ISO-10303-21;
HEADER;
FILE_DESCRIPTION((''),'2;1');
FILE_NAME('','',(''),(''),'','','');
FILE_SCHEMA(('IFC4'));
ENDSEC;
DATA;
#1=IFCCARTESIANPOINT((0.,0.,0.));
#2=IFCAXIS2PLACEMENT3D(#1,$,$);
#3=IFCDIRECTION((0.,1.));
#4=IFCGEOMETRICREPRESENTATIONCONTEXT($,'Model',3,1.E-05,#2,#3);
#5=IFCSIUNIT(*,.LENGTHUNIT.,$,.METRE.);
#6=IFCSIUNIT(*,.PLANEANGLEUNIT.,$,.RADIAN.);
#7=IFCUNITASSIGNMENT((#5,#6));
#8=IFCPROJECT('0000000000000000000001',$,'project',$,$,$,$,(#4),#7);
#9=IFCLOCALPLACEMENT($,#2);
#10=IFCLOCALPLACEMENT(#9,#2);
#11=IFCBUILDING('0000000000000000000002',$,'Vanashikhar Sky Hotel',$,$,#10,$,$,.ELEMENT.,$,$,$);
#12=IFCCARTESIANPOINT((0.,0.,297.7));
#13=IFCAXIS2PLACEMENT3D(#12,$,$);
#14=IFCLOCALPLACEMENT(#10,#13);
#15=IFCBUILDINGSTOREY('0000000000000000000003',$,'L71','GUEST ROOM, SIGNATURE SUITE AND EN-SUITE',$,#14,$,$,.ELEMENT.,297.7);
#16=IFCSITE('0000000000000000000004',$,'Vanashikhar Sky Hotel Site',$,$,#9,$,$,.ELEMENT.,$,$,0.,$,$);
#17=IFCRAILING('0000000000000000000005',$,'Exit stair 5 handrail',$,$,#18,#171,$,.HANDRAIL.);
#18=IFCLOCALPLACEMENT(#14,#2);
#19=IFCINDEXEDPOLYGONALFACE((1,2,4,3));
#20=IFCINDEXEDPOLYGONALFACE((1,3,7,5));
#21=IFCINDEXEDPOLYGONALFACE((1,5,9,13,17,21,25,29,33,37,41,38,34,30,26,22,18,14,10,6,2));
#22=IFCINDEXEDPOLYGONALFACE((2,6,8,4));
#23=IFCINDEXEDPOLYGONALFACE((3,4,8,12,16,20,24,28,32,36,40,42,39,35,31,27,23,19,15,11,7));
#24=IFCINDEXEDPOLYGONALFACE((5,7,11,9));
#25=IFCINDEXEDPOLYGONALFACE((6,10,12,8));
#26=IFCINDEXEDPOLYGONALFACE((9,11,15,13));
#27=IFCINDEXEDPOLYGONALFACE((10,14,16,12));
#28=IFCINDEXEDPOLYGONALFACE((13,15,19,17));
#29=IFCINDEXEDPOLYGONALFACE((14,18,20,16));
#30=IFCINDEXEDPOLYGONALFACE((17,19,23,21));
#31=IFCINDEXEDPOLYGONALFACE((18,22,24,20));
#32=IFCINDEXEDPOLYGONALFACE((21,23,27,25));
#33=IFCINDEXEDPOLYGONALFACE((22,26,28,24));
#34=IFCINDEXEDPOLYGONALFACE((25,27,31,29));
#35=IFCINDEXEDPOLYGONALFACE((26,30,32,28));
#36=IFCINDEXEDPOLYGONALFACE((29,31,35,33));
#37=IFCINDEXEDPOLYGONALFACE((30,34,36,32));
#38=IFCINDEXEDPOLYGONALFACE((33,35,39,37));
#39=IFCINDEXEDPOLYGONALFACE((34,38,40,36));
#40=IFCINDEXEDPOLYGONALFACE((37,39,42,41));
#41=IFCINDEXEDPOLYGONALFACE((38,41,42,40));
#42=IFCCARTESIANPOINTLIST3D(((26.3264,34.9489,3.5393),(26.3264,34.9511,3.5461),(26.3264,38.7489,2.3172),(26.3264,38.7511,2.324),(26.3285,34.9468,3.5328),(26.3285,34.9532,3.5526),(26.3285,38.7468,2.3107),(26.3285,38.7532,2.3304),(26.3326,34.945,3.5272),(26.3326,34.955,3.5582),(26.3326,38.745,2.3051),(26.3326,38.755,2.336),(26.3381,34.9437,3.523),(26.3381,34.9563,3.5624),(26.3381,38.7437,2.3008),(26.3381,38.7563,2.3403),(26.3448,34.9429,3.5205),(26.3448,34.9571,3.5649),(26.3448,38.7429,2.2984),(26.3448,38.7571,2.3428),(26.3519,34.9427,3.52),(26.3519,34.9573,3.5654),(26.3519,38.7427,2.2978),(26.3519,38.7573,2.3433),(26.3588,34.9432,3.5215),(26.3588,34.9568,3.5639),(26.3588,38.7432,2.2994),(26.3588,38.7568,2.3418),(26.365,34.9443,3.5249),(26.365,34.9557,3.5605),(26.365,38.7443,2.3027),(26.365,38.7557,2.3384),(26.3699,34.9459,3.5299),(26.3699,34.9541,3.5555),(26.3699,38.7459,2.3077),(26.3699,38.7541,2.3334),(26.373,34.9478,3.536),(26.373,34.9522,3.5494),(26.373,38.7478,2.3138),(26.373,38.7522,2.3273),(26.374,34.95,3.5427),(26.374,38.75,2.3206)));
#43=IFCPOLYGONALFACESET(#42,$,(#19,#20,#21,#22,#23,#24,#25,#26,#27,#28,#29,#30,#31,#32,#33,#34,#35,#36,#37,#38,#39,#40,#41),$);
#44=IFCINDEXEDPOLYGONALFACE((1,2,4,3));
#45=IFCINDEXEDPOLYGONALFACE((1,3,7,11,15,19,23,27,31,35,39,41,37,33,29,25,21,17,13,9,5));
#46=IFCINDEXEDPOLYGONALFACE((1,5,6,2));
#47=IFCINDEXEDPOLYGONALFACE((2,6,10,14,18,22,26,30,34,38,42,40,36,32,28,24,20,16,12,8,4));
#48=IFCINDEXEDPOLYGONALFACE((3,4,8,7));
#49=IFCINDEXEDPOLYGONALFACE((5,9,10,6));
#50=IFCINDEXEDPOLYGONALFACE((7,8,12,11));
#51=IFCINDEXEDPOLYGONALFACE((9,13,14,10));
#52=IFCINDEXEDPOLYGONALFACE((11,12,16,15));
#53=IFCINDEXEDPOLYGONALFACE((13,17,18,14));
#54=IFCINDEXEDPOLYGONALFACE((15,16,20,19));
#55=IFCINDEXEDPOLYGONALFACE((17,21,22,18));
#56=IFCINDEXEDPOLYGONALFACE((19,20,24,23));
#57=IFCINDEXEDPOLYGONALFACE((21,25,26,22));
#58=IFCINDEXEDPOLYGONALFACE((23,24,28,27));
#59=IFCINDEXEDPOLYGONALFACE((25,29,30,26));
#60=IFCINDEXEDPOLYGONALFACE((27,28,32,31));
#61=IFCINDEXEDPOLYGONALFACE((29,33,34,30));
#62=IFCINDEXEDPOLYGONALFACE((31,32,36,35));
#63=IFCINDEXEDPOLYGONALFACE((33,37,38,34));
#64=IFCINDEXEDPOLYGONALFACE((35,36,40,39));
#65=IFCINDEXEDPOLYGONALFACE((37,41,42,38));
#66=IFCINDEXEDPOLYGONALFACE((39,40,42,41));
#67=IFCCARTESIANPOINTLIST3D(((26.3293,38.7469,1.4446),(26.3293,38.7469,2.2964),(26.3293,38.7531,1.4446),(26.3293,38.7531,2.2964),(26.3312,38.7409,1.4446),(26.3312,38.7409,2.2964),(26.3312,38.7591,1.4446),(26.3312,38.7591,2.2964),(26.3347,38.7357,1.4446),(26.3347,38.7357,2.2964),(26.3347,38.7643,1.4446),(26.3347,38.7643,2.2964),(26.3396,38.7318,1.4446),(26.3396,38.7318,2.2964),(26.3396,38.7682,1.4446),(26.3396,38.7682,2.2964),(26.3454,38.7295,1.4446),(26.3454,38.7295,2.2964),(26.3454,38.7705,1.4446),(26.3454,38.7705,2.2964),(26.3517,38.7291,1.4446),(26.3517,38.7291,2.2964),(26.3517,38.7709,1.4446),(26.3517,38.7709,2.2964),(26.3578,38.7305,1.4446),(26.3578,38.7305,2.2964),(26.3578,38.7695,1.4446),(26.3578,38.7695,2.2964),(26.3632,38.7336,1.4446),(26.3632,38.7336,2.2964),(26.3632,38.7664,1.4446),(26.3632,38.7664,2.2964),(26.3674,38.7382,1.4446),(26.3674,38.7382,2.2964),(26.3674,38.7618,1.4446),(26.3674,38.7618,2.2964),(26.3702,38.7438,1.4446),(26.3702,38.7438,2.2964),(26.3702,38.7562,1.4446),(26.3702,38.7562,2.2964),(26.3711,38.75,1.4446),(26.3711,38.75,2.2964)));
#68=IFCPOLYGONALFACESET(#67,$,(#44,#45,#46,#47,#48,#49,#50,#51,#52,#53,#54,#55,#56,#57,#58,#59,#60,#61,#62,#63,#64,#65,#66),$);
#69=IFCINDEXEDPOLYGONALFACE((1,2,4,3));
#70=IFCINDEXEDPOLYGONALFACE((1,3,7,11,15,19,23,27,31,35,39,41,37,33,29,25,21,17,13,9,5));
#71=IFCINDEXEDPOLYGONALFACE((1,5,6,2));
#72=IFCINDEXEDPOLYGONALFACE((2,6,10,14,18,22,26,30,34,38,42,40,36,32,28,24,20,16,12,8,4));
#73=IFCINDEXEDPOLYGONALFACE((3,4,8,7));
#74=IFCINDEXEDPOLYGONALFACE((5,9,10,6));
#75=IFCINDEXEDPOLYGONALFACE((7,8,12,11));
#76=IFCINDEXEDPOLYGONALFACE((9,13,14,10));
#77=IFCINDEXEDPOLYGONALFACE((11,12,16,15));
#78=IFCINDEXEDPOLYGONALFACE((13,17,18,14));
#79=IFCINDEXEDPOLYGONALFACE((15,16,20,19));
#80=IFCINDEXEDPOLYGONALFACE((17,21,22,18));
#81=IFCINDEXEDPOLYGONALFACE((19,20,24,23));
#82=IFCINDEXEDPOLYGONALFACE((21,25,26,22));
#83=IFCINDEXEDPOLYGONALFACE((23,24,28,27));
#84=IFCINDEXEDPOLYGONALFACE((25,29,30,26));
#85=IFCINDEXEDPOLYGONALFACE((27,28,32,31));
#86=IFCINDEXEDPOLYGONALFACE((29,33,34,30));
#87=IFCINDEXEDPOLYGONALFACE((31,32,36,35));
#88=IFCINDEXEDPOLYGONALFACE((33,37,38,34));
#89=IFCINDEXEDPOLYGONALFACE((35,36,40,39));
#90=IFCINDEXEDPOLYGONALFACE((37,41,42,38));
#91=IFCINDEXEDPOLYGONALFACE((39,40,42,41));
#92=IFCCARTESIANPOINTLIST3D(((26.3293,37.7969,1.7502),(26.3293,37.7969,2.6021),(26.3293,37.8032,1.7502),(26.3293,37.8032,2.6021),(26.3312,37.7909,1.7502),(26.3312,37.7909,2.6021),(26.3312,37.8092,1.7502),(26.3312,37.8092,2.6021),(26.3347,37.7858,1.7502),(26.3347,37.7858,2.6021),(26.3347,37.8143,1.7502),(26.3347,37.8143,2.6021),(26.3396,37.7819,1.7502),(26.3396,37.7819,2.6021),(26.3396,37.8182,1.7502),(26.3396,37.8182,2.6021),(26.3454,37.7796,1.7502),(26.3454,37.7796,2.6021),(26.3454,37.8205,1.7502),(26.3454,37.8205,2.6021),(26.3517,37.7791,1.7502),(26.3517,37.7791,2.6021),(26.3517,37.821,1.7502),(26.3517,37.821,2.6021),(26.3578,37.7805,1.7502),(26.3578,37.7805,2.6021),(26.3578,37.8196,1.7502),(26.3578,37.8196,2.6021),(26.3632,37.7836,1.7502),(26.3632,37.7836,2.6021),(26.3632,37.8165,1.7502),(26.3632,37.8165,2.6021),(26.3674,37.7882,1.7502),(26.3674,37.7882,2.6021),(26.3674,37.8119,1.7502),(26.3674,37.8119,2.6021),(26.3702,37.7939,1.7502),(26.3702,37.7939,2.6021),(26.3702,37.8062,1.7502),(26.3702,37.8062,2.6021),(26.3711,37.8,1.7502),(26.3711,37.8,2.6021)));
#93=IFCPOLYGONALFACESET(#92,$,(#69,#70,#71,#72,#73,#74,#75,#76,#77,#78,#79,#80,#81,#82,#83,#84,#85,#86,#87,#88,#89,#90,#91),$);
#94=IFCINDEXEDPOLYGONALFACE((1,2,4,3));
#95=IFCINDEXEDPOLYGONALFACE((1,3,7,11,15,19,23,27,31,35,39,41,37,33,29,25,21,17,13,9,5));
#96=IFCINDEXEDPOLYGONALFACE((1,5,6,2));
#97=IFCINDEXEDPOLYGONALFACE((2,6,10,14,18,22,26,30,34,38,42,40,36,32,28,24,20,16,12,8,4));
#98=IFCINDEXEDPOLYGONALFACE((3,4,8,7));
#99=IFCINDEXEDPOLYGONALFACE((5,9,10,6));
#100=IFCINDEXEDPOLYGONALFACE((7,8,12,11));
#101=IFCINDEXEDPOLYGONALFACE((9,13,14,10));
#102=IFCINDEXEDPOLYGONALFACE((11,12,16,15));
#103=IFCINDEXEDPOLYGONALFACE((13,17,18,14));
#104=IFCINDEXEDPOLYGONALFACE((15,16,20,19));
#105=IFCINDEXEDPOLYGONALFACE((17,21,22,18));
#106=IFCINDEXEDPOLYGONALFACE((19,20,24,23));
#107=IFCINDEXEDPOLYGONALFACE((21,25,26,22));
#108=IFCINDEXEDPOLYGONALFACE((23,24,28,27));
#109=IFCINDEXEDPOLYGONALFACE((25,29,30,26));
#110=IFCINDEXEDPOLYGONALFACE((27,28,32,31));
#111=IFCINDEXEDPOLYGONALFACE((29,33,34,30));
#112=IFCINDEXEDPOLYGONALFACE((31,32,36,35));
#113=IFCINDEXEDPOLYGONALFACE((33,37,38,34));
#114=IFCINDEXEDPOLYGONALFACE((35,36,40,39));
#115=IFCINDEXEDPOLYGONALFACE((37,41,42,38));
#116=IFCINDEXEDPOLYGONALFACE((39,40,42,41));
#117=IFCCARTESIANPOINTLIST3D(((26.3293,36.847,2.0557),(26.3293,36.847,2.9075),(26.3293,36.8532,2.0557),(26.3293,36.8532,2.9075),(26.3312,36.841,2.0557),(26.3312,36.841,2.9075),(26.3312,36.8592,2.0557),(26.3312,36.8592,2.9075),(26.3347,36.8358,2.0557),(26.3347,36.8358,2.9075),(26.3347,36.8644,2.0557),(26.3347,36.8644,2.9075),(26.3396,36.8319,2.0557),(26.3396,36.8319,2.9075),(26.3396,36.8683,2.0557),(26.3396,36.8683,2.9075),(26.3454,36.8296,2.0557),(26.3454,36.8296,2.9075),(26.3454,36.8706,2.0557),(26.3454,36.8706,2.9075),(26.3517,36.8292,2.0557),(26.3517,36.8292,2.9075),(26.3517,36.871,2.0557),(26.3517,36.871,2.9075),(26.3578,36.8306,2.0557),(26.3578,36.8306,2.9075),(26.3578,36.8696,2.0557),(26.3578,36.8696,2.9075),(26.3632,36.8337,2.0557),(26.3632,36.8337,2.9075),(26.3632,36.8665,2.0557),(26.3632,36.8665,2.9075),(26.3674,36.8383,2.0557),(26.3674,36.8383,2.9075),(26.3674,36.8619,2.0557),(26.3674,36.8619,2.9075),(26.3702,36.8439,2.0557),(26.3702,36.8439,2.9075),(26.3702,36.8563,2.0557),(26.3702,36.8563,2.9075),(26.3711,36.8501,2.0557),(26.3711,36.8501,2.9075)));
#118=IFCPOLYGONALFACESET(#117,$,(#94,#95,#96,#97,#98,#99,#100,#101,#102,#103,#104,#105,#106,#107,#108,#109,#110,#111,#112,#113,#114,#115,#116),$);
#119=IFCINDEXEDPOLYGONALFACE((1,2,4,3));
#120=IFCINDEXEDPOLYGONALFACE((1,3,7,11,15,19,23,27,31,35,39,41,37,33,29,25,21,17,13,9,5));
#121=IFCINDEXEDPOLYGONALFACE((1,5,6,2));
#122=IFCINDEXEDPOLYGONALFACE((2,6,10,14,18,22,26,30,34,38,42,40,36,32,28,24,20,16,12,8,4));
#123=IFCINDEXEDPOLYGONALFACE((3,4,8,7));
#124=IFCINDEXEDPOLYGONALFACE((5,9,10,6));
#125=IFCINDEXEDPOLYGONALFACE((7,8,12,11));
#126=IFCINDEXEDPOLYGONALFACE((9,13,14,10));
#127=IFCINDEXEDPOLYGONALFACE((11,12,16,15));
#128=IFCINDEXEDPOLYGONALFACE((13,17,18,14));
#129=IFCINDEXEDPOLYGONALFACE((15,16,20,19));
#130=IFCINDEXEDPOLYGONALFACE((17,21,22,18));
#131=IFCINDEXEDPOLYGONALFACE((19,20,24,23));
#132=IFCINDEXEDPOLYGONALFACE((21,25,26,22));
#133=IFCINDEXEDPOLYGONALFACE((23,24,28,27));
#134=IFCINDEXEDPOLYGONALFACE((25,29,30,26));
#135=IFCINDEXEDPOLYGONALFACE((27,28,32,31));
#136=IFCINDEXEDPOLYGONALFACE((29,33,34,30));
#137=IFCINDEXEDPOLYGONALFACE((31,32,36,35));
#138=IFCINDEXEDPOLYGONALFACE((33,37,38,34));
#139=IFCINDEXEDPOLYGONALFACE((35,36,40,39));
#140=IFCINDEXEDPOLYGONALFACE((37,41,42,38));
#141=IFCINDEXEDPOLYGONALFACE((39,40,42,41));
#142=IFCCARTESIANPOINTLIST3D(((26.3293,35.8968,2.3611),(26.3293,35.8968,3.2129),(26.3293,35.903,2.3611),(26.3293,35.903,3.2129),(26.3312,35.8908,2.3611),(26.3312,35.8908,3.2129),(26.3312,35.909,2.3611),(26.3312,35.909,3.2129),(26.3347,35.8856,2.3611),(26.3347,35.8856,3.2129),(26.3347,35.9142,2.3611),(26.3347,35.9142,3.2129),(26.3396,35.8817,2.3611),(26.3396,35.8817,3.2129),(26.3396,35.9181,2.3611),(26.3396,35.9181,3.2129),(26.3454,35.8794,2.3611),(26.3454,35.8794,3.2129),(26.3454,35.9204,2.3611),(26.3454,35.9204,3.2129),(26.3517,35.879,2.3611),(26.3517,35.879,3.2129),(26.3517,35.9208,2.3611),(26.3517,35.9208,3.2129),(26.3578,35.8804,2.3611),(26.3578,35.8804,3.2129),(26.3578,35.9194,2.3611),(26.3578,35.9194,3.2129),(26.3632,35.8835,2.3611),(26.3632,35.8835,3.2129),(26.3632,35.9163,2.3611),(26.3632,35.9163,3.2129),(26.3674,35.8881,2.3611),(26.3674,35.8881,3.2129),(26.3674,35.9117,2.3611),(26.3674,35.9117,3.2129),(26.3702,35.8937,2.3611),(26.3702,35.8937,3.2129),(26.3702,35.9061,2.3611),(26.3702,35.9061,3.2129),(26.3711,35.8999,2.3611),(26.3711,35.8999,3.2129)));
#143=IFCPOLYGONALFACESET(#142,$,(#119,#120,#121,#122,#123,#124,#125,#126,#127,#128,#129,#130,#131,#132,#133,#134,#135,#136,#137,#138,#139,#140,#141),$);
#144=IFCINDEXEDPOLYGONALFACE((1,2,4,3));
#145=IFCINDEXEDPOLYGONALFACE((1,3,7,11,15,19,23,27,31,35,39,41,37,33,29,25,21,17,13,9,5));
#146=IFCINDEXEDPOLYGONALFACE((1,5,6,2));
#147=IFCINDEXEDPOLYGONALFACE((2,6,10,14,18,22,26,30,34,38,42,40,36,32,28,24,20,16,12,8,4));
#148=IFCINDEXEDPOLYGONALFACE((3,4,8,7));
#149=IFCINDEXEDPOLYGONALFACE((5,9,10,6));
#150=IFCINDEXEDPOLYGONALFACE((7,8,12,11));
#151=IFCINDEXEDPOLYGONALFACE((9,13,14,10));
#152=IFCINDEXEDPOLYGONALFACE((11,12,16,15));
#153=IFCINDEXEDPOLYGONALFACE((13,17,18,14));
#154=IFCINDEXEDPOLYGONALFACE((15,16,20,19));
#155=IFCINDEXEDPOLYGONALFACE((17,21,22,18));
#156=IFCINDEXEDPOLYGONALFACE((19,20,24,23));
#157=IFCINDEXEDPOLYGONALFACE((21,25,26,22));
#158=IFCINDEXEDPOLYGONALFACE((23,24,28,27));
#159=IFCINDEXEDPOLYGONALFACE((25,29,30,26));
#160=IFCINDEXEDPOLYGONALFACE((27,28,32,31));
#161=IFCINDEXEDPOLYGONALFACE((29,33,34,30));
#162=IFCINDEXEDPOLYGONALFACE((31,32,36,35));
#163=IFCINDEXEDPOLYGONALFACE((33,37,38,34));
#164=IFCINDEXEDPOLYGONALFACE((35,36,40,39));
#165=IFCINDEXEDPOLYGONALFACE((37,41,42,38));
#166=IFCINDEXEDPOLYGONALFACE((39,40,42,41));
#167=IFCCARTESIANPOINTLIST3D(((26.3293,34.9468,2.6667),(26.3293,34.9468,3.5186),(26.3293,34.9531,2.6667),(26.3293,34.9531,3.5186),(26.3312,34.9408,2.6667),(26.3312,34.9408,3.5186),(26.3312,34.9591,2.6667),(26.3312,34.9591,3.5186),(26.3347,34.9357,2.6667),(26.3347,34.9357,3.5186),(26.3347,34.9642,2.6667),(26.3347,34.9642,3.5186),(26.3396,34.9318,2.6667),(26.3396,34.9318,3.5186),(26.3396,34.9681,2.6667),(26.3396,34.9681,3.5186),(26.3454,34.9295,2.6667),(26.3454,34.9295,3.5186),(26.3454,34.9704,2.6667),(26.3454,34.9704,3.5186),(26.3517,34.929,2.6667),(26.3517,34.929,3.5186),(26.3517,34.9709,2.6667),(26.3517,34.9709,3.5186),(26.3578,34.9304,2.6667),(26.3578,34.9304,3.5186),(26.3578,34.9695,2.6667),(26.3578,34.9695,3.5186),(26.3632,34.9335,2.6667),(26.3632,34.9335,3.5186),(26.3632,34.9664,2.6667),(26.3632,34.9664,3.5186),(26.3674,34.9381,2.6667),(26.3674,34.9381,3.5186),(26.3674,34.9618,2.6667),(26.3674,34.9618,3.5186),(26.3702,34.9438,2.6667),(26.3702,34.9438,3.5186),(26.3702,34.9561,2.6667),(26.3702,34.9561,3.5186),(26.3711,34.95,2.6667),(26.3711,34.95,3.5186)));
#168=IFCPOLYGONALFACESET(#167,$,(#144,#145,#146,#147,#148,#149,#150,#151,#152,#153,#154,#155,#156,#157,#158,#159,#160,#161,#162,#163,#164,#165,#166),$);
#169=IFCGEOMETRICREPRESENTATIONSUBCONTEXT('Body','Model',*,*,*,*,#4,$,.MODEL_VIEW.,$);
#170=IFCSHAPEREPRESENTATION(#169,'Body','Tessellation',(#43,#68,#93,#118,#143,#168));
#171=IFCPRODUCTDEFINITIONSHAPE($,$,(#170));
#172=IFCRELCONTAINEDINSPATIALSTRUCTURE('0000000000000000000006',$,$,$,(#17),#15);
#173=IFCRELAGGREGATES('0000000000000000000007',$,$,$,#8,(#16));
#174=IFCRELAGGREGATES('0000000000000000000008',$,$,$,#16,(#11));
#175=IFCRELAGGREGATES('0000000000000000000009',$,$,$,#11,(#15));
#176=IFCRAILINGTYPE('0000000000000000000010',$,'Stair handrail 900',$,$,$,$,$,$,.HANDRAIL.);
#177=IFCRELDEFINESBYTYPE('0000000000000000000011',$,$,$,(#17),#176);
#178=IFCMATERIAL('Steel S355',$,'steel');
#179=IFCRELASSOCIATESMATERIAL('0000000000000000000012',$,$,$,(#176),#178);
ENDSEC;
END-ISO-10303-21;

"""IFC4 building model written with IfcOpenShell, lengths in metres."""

from ifc_helpers import new_model, si_unit, direction, frame, origin, origin_2d, place, context, subcontext, project, spatial, circle, extrude, source, transform, mapped, material, type_object, element, save


model = new_model("IFC4")

# Units and contexts
model_context = context("Model", 3, precision=1e-05, world=origin(), true_north=direction((0.0, 1.0)))
body_context = subcontext(model_context, "Body", "Model", "MODEL_VIEW")
ifc_project = project(units=[si_unit("LENGTHUNIT", "METRE"), si_unit("PLANEANGLEUNIT", "RADIAN")], contexts=[model_context])

# Site, building, storey
site_placement = place(None, origin())
site = spatial("IfcSite", under=ifc_project, at=site_placement, Name="Vanashikhar Sky Hotel Site", CompositionType="ELEMENT", RefElevation=0.0)
building_placement = place(site_placement, origin())
building = spatial("IfcBuilding", under=site, at=building_placement, Name="Vanashikhar Sky Hotel", CompositionType="ELEMENT")
storey_placement = place(building_placement, frame((0.0, 0.0, 297.7)))
storey = spatial("IfcBuildingStorey", under=building, at=storey_placement, Name="L71", Description="GUEST ROOM, SIGNATURE SUITE AND EN-SUITE", CompositionType="ELEMENT", Elevation=297.7)

# Railing
ifc_material_1 = material(Name="Steel S355", Category="steel")
railing_type_1 = type_object("IfcRailingType", Name="Stair handrail 900", PredefinedType="HANDRAIL", material=ifc_material_1)
shared_shape_1 = source(origin(), body_context, "Body", "SweptSolid", [
    extrude(circle(Radius=0.0239, at=origin_2d()), frame((0.0, 0.0, 0.876), z_axis=(0.0, -0.951976, 0.306173), x_axis=(1.0, 0.0, 0.0)), (0.0, 0.0, 1.0), 3.9917),
    extrude(circle(Radius=0.021, at=origin_2d()), origin(), (0.0, 0.0, 1.0), 0.8518),
    extrude(circle(Radius=0.021, at=origin_2d()), frame((0.0, -0.95, 0.3057)), (0.0, 0.0, 1.0), 0.8518),
    extrude(circle(Radius=0.021, at=origin_2d()), frame((0.0, -1.8999, 0.6111)), (0.0, 0.0, 1.0), 0.8518),
    extrude(circle(Radius=0.021, at=origin_2d()), frame((0.0, -2.8501, 0.9165)), (0.0, 0.0, 1.0), 0.8518),
    extrude(circle(Radius=0.021, at=origin_2d()), frame((0.0, -3.8, 1.2222)), (0.0, 0.0, 1.0), 0.8518),
])
for number, where, name in (
    (1, (26.3501, 38.75, 1.4446), "Exit stair 5 handrail"),
):
    element("IfcRailing", number, at=place(storey_placement, frame(where)), inside=storey, type_object=railing_type_1, Name=name, PredefinedType="HANDRAIL", context=body_context, shape_type="MappedRepresentation", body=[
        mapped(shared_shape_1, transform((0.0, 0.0, 0.0), scale=1.0)),
    ])

save(model, "model.ifc")
